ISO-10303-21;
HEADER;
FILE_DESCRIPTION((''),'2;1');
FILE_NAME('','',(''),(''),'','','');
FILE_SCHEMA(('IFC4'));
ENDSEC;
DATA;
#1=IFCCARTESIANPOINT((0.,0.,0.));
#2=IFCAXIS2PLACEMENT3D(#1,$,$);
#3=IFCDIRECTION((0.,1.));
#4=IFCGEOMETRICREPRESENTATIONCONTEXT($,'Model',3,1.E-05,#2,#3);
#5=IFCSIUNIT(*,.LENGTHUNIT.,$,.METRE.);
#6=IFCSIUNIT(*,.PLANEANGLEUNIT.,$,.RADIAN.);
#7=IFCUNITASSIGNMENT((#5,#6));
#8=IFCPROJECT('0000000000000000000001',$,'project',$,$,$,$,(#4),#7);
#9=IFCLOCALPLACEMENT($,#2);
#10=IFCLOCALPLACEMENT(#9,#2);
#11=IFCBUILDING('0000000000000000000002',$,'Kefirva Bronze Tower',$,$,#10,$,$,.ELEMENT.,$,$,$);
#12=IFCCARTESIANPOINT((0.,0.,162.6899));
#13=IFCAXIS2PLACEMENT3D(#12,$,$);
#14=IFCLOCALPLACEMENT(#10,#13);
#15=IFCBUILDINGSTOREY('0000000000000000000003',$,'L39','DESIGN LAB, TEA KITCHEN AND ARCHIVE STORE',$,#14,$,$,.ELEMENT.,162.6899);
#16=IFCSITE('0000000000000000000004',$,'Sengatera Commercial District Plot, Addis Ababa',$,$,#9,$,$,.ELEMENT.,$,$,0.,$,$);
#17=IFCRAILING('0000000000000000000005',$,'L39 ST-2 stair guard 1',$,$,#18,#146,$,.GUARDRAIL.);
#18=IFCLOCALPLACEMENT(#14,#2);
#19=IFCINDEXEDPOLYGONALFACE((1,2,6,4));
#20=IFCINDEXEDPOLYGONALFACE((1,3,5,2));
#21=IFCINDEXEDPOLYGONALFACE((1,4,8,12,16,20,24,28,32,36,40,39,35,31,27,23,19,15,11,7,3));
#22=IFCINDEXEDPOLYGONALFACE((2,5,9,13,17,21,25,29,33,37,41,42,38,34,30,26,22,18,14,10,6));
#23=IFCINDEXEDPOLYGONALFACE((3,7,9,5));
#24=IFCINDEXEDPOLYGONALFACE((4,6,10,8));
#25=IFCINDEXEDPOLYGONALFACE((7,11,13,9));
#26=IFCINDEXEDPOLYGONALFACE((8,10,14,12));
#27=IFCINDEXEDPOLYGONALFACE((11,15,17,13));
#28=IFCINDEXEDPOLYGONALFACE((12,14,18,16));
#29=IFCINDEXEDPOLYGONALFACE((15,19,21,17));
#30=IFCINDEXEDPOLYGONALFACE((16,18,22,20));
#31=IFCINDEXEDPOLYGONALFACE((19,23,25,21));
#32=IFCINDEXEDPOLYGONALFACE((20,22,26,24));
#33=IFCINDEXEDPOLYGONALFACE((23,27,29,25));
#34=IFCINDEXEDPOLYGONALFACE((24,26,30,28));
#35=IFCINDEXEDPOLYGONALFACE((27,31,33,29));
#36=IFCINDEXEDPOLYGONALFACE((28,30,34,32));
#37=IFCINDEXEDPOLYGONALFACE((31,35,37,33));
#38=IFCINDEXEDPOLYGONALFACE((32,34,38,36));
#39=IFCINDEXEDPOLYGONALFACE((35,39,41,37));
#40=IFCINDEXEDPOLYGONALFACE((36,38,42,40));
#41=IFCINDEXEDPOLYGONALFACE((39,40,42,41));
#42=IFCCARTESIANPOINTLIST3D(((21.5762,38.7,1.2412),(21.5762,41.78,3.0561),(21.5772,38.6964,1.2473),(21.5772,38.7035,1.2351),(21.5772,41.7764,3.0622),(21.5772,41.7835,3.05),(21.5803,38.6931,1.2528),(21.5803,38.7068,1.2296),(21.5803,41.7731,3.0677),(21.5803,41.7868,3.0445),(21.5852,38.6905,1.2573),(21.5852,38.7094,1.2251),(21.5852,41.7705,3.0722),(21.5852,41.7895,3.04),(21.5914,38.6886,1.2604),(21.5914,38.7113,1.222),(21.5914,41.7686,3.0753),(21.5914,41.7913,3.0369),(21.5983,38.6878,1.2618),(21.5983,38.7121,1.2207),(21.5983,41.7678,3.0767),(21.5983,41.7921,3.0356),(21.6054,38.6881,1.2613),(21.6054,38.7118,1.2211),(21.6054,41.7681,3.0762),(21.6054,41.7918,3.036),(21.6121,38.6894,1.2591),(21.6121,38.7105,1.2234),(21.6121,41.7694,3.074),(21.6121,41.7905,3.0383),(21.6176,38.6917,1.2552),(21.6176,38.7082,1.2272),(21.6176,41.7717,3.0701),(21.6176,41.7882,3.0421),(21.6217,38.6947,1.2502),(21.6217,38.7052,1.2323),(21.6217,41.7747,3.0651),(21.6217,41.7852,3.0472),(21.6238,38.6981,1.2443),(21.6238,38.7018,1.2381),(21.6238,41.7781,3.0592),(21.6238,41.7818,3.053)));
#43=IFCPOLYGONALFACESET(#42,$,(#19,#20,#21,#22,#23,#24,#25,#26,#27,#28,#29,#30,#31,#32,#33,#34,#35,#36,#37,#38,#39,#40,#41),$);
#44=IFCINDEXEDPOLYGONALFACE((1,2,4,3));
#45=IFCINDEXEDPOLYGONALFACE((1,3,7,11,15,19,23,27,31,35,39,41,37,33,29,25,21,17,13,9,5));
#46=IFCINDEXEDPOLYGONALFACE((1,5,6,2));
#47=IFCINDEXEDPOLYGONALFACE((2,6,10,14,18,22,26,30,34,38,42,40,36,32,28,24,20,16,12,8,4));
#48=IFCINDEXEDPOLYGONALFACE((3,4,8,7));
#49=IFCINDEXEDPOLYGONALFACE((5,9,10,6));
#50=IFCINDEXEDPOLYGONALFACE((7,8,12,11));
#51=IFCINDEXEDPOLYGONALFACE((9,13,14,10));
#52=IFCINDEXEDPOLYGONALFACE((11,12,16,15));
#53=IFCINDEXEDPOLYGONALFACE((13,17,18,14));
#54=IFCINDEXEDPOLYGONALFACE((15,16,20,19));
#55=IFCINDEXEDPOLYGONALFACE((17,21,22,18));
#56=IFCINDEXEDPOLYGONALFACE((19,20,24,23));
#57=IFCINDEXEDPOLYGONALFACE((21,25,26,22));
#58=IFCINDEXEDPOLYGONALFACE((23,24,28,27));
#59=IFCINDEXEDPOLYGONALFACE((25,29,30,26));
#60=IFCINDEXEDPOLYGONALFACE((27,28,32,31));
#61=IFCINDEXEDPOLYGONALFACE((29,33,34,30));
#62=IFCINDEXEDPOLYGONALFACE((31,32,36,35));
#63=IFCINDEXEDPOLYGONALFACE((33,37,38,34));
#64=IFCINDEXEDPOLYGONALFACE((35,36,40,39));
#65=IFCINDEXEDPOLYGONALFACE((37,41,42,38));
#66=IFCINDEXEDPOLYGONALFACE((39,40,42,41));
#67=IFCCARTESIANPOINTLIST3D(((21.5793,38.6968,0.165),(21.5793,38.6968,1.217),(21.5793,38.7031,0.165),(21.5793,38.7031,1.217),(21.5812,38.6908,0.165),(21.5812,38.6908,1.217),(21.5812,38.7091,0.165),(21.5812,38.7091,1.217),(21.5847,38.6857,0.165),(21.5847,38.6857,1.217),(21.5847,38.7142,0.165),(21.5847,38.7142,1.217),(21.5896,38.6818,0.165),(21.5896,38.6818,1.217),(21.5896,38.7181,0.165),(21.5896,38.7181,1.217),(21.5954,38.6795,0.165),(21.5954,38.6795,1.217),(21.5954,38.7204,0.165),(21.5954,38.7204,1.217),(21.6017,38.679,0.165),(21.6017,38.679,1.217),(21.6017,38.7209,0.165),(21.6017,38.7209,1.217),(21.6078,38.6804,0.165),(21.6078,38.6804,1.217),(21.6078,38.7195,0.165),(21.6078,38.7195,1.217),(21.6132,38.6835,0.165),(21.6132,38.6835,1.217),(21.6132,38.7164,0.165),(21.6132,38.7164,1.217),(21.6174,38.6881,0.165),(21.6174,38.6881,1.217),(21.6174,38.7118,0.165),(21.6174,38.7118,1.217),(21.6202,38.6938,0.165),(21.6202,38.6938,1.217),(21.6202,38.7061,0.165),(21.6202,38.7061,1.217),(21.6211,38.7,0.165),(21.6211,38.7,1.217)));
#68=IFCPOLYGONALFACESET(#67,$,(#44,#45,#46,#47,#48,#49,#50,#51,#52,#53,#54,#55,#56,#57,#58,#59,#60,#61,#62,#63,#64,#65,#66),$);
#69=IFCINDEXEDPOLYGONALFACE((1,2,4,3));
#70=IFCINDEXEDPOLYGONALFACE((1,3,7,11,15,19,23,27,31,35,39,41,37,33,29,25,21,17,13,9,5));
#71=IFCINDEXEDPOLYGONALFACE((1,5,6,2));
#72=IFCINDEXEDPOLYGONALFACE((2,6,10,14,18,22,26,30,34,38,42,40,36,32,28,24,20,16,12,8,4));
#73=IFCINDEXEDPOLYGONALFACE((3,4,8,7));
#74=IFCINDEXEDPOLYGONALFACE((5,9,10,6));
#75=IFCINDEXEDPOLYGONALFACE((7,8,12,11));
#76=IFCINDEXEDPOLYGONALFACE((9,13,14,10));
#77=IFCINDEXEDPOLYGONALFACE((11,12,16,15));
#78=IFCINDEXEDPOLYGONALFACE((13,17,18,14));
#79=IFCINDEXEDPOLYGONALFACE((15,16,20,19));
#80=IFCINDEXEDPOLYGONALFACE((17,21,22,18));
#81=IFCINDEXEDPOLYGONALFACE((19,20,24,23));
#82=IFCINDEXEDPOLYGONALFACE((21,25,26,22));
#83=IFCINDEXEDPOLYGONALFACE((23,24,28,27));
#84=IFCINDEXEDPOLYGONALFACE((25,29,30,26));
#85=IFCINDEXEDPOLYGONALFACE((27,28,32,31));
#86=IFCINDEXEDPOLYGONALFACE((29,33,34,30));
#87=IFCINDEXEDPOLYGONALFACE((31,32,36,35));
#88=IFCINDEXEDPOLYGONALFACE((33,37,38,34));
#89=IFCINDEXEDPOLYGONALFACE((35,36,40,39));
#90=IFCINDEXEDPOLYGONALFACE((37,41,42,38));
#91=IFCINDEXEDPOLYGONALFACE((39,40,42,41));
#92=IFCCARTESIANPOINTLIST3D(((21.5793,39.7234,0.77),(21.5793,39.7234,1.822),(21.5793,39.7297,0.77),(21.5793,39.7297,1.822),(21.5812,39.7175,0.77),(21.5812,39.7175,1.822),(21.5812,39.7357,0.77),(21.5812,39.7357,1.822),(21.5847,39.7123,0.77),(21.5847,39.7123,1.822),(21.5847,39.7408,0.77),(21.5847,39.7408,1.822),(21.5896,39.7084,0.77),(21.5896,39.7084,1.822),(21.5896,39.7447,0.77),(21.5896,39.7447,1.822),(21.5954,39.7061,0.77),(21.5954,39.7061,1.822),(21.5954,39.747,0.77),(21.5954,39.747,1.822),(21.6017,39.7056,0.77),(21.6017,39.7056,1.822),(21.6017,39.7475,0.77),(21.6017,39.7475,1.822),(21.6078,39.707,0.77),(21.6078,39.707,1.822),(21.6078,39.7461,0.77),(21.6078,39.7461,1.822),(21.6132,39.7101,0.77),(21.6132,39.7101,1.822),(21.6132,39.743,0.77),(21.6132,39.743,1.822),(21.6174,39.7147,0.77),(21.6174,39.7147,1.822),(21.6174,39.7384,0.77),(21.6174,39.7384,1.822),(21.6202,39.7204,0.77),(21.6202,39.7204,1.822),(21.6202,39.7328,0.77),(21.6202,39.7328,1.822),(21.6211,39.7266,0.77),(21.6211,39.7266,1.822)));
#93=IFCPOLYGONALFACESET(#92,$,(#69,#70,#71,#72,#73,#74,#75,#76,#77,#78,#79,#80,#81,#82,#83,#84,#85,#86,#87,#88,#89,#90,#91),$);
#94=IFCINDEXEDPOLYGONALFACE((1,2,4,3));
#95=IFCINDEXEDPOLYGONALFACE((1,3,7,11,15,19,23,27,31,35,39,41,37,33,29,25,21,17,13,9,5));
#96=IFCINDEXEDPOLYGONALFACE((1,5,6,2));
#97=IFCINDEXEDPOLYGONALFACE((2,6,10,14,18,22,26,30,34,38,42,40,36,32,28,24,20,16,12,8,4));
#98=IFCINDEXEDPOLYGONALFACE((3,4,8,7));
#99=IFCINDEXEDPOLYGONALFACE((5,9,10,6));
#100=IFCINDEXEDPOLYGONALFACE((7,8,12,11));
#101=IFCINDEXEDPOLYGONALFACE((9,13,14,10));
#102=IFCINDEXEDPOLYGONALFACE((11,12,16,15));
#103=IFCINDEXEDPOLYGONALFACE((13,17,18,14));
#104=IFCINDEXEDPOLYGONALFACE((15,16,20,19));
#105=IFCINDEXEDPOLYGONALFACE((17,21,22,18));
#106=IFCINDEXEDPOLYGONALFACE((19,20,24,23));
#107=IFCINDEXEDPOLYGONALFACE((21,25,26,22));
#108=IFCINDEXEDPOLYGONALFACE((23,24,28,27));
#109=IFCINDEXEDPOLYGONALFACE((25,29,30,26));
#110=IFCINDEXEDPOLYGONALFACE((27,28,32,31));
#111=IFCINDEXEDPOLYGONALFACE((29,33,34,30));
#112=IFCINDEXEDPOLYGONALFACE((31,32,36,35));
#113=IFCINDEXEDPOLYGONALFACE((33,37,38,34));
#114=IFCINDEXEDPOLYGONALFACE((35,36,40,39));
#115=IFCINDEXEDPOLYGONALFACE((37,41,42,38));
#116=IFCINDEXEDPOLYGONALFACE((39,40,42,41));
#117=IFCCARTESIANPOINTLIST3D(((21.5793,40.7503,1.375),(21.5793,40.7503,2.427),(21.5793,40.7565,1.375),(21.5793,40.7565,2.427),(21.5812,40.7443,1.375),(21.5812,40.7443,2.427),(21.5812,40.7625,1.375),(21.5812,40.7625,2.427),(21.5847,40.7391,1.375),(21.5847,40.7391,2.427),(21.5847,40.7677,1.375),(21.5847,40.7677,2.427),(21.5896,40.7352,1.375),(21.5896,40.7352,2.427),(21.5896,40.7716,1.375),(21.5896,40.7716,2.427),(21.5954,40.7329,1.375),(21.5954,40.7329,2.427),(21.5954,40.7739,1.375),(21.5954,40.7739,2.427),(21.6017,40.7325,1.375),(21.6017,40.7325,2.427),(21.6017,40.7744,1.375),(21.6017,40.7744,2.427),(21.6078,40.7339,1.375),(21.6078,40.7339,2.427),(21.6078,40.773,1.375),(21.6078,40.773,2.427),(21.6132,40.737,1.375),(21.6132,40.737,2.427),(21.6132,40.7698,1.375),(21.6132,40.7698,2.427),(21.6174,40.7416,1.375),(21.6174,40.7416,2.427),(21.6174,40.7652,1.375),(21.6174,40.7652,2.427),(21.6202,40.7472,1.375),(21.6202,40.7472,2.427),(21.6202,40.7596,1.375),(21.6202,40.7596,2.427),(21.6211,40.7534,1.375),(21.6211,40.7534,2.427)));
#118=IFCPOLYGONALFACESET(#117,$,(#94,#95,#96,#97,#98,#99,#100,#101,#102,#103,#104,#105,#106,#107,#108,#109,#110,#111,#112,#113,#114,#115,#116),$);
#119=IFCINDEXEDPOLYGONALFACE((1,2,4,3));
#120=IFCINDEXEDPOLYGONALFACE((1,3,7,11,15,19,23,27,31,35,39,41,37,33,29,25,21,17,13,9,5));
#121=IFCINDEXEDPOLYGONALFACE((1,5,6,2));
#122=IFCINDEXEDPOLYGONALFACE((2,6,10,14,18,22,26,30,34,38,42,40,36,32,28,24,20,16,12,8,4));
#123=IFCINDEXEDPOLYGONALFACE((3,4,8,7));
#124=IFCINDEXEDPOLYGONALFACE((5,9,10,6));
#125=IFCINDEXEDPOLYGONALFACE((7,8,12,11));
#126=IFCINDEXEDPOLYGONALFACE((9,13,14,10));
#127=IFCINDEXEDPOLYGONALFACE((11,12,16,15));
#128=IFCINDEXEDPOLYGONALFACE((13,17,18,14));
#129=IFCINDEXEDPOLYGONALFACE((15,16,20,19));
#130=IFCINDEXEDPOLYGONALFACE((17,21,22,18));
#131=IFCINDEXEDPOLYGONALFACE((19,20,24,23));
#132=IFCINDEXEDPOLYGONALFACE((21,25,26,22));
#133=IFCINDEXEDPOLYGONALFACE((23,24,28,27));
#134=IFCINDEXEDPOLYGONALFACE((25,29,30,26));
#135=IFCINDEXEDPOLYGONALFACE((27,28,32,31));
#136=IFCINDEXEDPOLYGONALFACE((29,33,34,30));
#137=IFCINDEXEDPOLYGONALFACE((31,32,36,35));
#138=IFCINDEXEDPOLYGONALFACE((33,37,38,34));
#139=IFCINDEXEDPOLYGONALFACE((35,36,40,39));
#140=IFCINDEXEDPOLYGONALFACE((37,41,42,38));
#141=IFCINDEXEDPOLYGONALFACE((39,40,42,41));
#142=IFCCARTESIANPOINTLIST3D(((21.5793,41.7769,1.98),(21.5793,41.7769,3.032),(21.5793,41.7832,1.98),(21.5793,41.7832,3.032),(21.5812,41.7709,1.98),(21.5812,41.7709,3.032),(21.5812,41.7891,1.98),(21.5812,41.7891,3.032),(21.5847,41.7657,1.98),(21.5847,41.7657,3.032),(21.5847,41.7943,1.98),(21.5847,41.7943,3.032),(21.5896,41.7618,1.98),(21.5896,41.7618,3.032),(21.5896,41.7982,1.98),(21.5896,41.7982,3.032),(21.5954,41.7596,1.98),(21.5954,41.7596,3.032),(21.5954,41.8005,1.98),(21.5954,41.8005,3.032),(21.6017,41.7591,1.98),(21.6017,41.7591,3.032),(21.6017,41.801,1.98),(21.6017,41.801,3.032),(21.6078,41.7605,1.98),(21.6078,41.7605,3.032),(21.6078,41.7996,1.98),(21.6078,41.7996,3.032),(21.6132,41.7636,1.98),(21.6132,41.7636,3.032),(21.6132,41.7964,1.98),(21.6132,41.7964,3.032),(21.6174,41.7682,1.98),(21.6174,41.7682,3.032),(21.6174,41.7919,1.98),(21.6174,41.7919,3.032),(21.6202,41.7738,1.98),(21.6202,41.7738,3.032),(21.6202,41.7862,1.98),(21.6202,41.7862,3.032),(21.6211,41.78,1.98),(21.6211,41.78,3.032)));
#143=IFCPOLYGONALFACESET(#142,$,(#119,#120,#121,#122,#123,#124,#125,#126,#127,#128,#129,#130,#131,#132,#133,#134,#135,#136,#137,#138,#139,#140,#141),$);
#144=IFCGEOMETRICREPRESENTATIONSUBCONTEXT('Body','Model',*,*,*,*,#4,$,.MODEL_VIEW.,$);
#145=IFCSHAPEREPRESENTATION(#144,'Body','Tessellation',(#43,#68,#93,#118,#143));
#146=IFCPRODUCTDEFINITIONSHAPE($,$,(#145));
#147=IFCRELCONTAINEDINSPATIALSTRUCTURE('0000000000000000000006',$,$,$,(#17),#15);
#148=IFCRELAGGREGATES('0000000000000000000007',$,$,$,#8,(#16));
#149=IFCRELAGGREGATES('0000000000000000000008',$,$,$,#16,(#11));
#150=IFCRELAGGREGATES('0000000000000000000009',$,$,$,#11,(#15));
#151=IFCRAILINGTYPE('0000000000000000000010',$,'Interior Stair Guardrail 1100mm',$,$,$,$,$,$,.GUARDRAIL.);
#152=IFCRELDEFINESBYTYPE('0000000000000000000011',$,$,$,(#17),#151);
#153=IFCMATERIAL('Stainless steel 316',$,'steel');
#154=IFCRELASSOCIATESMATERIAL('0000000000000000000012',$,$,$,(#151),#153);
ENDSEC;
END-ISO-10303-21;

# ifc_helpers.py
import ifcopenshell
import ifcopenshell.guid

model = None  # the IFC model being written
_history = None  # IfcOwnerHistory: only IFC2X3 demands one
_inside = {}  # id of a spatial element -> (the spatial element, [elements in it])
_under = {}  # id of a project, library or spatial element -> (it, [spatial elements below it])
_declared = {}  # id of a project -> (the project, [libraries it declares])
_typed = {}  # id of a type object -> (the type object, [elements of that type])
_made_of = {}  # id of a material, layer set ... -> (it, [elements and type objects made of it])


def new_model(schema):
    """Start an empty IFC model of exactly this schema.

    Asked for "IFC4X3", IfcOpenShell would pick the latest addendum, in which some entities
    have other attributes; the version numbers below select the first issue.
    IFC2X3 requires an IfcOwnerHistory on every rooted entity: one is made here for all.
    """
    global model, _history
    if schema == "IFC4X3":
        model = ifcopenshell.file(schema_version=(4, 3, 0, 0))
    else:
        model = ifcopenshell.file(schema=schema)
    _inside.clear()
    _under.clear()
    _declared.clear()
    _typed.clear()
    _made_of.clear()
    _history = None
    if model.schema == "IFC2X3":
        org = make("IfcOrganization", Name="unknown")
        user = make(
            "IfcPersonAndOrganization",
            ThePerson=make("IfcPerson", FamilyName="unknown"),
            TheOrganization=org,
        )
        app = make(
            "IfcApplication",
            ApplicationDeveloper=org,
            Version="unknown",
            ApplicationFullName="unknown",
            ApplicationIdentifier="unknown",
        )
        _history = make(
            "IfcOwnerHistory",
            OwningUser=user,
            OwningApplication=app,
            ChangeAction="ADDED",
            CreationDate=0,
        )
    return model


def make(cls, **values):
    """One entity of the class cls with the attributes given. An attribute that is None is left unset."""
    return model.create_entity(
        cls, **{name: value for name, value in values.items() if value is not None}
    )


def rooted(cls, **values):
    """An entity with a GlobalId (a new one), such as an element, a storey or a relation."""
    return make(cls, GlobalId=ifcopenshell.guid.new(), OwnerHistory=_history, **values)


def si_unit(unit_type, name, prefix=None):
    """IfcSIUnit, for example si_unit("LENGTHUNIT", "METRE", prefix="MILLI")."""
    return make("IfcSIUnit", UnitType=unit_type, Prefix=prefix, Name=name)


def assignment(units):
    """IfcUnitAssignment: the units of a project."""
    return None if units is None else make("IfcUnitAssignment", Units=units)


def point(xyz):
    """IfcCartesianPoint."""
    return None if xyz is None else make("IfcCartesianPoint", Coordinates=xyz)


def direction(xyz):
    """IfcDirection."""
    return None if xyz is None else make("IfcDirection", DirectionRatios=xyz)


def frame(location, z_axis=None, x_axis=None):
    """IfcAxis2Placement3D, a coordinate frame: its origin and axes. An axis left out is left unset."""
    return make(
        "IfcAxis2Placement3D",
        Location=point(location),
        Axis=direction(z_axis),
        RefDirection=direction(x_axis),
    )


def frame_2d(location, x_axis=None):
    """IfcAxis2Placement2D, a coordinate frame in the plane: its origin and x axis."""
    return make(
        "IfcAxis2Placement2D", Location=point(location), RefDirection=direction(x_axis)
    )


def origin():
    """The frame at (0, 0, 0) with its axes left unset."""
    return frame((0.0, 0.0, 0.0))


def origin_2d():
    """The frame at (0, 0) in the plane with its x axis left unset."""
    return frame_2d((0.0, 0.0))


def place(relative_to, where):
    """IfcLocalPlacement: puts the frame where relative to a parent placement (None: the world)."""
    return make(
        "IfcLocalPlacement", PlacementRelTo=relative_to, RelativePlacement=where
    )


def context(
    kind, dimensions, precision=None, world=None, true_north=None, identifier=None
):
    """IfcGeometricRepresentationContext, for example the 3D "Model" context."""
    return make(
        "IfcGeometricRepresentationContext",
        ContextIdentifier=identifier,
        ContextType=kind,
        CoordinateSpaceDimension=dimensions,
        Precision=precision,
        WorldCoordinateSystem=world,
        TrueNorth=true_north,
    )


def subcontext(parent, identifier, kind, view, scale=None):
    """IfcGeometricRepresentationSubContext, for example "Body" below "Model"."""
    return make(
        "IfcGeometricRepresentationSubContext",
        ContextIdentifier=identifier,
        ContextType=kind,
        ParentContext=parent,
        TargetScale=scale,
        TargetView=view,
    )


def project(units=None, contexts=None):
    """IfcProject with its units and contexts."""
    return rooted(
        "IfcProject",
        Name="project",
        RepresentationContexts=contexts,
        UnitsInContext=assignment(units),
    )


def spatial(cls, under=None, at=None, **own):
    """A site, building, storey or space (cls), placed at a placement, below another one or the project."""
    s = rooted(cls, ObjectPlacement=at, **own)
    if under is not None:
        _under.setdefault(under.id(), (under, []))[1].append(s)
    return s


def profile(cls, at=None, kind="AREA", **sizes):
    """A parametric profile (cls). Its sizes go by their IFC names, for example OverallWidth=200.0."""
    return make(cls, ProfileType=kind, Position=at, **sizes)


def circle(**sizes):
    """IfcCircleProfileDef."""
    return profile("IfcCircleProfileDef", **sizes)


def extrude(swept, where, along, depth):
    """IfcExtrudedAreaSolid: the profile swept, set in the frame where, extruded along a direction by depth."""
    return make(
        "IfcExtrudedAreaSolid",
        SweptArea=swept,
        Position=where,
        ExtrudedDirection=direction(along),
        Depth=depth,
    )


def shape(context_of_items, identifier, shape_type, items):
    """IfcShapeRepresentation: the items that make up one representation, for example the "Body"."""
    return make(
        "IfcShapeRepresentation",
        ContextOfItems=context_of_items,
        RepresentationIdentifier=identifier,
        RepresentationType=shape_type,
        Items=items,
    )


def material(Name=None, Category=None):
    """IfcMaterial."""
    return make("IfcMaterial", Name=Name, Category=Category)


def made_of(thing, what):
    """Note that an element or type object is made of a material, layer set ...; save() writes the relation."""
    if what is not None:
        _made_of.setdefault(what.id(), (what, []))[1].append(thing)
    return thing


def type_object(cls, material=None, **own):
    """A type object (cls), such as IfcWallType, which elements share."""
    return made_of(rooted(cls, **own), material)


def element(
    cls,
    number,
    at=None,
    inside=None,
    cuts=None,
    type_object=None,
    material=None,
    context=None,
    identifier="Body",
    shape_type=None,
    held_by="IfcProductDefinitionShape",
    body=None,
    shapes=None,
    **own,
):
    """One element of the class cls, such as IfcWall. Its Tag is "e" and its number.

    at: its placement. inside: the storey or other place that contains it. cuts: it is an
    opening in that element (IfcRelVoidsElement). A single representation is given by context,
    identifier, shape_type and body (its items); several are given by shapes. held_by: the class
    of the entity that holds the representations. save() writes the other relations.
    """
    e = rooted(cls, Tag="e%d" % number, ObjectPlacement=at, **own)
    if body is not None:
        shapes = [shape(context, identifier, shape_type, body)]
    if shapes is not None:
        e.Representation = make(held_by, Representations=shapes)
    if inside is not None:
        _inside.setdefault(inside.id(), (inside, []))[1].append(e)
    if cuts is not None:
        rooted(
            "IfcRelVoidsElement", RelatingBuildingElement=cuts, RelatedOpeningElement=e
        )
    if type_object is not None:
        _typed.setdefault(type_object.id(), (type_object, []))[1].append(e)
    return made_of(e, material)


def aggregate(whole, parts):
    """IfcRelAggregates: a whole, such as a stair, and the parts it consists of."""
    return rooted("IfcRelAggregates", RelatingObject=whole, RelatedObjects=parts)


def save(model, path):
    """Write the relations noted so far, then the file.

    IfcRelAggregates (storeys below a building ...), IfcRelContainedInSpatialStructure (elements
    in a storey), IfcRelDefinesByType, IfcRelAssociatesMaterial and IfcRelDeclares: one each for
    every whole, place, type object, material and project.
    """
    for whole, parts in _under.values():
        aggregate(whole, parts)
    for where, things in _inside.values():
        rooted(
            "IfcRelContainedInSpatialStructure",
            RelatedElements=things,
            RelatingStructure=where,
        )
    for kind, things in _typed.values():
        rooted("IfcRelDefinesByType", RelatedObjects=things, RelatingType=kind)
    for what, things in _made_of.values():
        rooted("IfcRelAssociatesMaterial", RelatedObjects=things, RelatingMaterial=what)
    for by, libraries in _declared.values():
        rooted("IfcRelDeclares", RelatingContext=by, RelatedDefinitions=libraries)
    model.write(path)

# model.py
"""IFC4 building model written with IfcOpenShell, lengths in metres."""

from ifc_helpers import new_model, si_unit, direction, frame, origin, origin_2d, place, context, subcontext, project, spatial, circle, extrude, material, type_object, element, save


model = new_model("IFC4")

# Units and contexts
model_context = context("Model", 3, precision=1e-05, world=origin(), true_north=direction((0.0, 1.0)))
body_context = subcontext(model_context, "Body", "Model", "MODEL_VIEW")
ifc_project = project(units=[si_unit("LENGTHUNIT", "METRE"), si_unit("PLANEANGLEUNIT", "RADIAN")], contexts=[model_context])

# Site, building, storey
site_placement = place(None, origin())
site = spatial("IfcSite", under=ifc_project, at=site_placement, Name="Sengatera Commercial District Plot, Addis Ababa", CompositionType="ELEMENT", RefElevation=0.0)
building_placement = place(site_placement, origin())
building = spatial("IfcBuilding", under=site, at=building_placement, Name="Kefirva Bronze Tower", CompositionType="ELEMENT")
storey_placement = place(building_placement, frame((0.0, 0.0, 162.6899)))
storey = spatial("IfcBuildingStorey", under=building, at=storey_placement, Name="L39", Description="DESIGN LAB, TEA KITCHEN AND ARCHIVE STORE", CompositionType="ELEMENT", Elevation=162.6899)

# Railing
ifc_material_1 = material(Name="Stainless steel 316", Category="steel")
railing_type_1 = type_object("IfcRailingType", Name="Interior Stair Guardrail 1100mm", PredefinedType="GUARDRAIL", material=ifc_material_1)
railing_1_placement = place(storey_placement, frame((21.6001, 38.7, 0.165)))
element("IfcRailing", 1, at=railing_1_placement, inside=storey, type_object=railing_type_1, Name="L39 ST-2 stair guard 1", PredefinedType="GUARDRAIL", context=body_context, shape_type="SweptSolid", body=[
    extrude(circle(Radius=0.0239, at=origin_2d()), frame((0.0, 0.0, 1.0762), z_axis=(0.0, 0.861551, 0.507671), x_axis=(-1.0, 0.0, 0.0)), (0.0, 0.0, 1.0), 3.575),
    extrude(circle(Radius=0.021, at=origin_2d()), origin(), (0.0, 0.0, 1.0), 1.052),
    extrude(circle(Radius=0.021, at=origin_2d()), frame((0.0, 1.0266, 0.605)), (0.0, 0.0, 1.0), 1.052),
    extrude(circle(Radius=0.021, at=origin_2d()), frame((0.0, 2.0535, 1.21)), (0.0, 0.0, 1.0), 1.052),
    extrude(circle(Radius=0.021, at=origin_2d()), frame((0.0, 3.0801, 1.8149)), (0.0, 0.0, 1.0), 1.052),
])

save(model, "model.ifc")
